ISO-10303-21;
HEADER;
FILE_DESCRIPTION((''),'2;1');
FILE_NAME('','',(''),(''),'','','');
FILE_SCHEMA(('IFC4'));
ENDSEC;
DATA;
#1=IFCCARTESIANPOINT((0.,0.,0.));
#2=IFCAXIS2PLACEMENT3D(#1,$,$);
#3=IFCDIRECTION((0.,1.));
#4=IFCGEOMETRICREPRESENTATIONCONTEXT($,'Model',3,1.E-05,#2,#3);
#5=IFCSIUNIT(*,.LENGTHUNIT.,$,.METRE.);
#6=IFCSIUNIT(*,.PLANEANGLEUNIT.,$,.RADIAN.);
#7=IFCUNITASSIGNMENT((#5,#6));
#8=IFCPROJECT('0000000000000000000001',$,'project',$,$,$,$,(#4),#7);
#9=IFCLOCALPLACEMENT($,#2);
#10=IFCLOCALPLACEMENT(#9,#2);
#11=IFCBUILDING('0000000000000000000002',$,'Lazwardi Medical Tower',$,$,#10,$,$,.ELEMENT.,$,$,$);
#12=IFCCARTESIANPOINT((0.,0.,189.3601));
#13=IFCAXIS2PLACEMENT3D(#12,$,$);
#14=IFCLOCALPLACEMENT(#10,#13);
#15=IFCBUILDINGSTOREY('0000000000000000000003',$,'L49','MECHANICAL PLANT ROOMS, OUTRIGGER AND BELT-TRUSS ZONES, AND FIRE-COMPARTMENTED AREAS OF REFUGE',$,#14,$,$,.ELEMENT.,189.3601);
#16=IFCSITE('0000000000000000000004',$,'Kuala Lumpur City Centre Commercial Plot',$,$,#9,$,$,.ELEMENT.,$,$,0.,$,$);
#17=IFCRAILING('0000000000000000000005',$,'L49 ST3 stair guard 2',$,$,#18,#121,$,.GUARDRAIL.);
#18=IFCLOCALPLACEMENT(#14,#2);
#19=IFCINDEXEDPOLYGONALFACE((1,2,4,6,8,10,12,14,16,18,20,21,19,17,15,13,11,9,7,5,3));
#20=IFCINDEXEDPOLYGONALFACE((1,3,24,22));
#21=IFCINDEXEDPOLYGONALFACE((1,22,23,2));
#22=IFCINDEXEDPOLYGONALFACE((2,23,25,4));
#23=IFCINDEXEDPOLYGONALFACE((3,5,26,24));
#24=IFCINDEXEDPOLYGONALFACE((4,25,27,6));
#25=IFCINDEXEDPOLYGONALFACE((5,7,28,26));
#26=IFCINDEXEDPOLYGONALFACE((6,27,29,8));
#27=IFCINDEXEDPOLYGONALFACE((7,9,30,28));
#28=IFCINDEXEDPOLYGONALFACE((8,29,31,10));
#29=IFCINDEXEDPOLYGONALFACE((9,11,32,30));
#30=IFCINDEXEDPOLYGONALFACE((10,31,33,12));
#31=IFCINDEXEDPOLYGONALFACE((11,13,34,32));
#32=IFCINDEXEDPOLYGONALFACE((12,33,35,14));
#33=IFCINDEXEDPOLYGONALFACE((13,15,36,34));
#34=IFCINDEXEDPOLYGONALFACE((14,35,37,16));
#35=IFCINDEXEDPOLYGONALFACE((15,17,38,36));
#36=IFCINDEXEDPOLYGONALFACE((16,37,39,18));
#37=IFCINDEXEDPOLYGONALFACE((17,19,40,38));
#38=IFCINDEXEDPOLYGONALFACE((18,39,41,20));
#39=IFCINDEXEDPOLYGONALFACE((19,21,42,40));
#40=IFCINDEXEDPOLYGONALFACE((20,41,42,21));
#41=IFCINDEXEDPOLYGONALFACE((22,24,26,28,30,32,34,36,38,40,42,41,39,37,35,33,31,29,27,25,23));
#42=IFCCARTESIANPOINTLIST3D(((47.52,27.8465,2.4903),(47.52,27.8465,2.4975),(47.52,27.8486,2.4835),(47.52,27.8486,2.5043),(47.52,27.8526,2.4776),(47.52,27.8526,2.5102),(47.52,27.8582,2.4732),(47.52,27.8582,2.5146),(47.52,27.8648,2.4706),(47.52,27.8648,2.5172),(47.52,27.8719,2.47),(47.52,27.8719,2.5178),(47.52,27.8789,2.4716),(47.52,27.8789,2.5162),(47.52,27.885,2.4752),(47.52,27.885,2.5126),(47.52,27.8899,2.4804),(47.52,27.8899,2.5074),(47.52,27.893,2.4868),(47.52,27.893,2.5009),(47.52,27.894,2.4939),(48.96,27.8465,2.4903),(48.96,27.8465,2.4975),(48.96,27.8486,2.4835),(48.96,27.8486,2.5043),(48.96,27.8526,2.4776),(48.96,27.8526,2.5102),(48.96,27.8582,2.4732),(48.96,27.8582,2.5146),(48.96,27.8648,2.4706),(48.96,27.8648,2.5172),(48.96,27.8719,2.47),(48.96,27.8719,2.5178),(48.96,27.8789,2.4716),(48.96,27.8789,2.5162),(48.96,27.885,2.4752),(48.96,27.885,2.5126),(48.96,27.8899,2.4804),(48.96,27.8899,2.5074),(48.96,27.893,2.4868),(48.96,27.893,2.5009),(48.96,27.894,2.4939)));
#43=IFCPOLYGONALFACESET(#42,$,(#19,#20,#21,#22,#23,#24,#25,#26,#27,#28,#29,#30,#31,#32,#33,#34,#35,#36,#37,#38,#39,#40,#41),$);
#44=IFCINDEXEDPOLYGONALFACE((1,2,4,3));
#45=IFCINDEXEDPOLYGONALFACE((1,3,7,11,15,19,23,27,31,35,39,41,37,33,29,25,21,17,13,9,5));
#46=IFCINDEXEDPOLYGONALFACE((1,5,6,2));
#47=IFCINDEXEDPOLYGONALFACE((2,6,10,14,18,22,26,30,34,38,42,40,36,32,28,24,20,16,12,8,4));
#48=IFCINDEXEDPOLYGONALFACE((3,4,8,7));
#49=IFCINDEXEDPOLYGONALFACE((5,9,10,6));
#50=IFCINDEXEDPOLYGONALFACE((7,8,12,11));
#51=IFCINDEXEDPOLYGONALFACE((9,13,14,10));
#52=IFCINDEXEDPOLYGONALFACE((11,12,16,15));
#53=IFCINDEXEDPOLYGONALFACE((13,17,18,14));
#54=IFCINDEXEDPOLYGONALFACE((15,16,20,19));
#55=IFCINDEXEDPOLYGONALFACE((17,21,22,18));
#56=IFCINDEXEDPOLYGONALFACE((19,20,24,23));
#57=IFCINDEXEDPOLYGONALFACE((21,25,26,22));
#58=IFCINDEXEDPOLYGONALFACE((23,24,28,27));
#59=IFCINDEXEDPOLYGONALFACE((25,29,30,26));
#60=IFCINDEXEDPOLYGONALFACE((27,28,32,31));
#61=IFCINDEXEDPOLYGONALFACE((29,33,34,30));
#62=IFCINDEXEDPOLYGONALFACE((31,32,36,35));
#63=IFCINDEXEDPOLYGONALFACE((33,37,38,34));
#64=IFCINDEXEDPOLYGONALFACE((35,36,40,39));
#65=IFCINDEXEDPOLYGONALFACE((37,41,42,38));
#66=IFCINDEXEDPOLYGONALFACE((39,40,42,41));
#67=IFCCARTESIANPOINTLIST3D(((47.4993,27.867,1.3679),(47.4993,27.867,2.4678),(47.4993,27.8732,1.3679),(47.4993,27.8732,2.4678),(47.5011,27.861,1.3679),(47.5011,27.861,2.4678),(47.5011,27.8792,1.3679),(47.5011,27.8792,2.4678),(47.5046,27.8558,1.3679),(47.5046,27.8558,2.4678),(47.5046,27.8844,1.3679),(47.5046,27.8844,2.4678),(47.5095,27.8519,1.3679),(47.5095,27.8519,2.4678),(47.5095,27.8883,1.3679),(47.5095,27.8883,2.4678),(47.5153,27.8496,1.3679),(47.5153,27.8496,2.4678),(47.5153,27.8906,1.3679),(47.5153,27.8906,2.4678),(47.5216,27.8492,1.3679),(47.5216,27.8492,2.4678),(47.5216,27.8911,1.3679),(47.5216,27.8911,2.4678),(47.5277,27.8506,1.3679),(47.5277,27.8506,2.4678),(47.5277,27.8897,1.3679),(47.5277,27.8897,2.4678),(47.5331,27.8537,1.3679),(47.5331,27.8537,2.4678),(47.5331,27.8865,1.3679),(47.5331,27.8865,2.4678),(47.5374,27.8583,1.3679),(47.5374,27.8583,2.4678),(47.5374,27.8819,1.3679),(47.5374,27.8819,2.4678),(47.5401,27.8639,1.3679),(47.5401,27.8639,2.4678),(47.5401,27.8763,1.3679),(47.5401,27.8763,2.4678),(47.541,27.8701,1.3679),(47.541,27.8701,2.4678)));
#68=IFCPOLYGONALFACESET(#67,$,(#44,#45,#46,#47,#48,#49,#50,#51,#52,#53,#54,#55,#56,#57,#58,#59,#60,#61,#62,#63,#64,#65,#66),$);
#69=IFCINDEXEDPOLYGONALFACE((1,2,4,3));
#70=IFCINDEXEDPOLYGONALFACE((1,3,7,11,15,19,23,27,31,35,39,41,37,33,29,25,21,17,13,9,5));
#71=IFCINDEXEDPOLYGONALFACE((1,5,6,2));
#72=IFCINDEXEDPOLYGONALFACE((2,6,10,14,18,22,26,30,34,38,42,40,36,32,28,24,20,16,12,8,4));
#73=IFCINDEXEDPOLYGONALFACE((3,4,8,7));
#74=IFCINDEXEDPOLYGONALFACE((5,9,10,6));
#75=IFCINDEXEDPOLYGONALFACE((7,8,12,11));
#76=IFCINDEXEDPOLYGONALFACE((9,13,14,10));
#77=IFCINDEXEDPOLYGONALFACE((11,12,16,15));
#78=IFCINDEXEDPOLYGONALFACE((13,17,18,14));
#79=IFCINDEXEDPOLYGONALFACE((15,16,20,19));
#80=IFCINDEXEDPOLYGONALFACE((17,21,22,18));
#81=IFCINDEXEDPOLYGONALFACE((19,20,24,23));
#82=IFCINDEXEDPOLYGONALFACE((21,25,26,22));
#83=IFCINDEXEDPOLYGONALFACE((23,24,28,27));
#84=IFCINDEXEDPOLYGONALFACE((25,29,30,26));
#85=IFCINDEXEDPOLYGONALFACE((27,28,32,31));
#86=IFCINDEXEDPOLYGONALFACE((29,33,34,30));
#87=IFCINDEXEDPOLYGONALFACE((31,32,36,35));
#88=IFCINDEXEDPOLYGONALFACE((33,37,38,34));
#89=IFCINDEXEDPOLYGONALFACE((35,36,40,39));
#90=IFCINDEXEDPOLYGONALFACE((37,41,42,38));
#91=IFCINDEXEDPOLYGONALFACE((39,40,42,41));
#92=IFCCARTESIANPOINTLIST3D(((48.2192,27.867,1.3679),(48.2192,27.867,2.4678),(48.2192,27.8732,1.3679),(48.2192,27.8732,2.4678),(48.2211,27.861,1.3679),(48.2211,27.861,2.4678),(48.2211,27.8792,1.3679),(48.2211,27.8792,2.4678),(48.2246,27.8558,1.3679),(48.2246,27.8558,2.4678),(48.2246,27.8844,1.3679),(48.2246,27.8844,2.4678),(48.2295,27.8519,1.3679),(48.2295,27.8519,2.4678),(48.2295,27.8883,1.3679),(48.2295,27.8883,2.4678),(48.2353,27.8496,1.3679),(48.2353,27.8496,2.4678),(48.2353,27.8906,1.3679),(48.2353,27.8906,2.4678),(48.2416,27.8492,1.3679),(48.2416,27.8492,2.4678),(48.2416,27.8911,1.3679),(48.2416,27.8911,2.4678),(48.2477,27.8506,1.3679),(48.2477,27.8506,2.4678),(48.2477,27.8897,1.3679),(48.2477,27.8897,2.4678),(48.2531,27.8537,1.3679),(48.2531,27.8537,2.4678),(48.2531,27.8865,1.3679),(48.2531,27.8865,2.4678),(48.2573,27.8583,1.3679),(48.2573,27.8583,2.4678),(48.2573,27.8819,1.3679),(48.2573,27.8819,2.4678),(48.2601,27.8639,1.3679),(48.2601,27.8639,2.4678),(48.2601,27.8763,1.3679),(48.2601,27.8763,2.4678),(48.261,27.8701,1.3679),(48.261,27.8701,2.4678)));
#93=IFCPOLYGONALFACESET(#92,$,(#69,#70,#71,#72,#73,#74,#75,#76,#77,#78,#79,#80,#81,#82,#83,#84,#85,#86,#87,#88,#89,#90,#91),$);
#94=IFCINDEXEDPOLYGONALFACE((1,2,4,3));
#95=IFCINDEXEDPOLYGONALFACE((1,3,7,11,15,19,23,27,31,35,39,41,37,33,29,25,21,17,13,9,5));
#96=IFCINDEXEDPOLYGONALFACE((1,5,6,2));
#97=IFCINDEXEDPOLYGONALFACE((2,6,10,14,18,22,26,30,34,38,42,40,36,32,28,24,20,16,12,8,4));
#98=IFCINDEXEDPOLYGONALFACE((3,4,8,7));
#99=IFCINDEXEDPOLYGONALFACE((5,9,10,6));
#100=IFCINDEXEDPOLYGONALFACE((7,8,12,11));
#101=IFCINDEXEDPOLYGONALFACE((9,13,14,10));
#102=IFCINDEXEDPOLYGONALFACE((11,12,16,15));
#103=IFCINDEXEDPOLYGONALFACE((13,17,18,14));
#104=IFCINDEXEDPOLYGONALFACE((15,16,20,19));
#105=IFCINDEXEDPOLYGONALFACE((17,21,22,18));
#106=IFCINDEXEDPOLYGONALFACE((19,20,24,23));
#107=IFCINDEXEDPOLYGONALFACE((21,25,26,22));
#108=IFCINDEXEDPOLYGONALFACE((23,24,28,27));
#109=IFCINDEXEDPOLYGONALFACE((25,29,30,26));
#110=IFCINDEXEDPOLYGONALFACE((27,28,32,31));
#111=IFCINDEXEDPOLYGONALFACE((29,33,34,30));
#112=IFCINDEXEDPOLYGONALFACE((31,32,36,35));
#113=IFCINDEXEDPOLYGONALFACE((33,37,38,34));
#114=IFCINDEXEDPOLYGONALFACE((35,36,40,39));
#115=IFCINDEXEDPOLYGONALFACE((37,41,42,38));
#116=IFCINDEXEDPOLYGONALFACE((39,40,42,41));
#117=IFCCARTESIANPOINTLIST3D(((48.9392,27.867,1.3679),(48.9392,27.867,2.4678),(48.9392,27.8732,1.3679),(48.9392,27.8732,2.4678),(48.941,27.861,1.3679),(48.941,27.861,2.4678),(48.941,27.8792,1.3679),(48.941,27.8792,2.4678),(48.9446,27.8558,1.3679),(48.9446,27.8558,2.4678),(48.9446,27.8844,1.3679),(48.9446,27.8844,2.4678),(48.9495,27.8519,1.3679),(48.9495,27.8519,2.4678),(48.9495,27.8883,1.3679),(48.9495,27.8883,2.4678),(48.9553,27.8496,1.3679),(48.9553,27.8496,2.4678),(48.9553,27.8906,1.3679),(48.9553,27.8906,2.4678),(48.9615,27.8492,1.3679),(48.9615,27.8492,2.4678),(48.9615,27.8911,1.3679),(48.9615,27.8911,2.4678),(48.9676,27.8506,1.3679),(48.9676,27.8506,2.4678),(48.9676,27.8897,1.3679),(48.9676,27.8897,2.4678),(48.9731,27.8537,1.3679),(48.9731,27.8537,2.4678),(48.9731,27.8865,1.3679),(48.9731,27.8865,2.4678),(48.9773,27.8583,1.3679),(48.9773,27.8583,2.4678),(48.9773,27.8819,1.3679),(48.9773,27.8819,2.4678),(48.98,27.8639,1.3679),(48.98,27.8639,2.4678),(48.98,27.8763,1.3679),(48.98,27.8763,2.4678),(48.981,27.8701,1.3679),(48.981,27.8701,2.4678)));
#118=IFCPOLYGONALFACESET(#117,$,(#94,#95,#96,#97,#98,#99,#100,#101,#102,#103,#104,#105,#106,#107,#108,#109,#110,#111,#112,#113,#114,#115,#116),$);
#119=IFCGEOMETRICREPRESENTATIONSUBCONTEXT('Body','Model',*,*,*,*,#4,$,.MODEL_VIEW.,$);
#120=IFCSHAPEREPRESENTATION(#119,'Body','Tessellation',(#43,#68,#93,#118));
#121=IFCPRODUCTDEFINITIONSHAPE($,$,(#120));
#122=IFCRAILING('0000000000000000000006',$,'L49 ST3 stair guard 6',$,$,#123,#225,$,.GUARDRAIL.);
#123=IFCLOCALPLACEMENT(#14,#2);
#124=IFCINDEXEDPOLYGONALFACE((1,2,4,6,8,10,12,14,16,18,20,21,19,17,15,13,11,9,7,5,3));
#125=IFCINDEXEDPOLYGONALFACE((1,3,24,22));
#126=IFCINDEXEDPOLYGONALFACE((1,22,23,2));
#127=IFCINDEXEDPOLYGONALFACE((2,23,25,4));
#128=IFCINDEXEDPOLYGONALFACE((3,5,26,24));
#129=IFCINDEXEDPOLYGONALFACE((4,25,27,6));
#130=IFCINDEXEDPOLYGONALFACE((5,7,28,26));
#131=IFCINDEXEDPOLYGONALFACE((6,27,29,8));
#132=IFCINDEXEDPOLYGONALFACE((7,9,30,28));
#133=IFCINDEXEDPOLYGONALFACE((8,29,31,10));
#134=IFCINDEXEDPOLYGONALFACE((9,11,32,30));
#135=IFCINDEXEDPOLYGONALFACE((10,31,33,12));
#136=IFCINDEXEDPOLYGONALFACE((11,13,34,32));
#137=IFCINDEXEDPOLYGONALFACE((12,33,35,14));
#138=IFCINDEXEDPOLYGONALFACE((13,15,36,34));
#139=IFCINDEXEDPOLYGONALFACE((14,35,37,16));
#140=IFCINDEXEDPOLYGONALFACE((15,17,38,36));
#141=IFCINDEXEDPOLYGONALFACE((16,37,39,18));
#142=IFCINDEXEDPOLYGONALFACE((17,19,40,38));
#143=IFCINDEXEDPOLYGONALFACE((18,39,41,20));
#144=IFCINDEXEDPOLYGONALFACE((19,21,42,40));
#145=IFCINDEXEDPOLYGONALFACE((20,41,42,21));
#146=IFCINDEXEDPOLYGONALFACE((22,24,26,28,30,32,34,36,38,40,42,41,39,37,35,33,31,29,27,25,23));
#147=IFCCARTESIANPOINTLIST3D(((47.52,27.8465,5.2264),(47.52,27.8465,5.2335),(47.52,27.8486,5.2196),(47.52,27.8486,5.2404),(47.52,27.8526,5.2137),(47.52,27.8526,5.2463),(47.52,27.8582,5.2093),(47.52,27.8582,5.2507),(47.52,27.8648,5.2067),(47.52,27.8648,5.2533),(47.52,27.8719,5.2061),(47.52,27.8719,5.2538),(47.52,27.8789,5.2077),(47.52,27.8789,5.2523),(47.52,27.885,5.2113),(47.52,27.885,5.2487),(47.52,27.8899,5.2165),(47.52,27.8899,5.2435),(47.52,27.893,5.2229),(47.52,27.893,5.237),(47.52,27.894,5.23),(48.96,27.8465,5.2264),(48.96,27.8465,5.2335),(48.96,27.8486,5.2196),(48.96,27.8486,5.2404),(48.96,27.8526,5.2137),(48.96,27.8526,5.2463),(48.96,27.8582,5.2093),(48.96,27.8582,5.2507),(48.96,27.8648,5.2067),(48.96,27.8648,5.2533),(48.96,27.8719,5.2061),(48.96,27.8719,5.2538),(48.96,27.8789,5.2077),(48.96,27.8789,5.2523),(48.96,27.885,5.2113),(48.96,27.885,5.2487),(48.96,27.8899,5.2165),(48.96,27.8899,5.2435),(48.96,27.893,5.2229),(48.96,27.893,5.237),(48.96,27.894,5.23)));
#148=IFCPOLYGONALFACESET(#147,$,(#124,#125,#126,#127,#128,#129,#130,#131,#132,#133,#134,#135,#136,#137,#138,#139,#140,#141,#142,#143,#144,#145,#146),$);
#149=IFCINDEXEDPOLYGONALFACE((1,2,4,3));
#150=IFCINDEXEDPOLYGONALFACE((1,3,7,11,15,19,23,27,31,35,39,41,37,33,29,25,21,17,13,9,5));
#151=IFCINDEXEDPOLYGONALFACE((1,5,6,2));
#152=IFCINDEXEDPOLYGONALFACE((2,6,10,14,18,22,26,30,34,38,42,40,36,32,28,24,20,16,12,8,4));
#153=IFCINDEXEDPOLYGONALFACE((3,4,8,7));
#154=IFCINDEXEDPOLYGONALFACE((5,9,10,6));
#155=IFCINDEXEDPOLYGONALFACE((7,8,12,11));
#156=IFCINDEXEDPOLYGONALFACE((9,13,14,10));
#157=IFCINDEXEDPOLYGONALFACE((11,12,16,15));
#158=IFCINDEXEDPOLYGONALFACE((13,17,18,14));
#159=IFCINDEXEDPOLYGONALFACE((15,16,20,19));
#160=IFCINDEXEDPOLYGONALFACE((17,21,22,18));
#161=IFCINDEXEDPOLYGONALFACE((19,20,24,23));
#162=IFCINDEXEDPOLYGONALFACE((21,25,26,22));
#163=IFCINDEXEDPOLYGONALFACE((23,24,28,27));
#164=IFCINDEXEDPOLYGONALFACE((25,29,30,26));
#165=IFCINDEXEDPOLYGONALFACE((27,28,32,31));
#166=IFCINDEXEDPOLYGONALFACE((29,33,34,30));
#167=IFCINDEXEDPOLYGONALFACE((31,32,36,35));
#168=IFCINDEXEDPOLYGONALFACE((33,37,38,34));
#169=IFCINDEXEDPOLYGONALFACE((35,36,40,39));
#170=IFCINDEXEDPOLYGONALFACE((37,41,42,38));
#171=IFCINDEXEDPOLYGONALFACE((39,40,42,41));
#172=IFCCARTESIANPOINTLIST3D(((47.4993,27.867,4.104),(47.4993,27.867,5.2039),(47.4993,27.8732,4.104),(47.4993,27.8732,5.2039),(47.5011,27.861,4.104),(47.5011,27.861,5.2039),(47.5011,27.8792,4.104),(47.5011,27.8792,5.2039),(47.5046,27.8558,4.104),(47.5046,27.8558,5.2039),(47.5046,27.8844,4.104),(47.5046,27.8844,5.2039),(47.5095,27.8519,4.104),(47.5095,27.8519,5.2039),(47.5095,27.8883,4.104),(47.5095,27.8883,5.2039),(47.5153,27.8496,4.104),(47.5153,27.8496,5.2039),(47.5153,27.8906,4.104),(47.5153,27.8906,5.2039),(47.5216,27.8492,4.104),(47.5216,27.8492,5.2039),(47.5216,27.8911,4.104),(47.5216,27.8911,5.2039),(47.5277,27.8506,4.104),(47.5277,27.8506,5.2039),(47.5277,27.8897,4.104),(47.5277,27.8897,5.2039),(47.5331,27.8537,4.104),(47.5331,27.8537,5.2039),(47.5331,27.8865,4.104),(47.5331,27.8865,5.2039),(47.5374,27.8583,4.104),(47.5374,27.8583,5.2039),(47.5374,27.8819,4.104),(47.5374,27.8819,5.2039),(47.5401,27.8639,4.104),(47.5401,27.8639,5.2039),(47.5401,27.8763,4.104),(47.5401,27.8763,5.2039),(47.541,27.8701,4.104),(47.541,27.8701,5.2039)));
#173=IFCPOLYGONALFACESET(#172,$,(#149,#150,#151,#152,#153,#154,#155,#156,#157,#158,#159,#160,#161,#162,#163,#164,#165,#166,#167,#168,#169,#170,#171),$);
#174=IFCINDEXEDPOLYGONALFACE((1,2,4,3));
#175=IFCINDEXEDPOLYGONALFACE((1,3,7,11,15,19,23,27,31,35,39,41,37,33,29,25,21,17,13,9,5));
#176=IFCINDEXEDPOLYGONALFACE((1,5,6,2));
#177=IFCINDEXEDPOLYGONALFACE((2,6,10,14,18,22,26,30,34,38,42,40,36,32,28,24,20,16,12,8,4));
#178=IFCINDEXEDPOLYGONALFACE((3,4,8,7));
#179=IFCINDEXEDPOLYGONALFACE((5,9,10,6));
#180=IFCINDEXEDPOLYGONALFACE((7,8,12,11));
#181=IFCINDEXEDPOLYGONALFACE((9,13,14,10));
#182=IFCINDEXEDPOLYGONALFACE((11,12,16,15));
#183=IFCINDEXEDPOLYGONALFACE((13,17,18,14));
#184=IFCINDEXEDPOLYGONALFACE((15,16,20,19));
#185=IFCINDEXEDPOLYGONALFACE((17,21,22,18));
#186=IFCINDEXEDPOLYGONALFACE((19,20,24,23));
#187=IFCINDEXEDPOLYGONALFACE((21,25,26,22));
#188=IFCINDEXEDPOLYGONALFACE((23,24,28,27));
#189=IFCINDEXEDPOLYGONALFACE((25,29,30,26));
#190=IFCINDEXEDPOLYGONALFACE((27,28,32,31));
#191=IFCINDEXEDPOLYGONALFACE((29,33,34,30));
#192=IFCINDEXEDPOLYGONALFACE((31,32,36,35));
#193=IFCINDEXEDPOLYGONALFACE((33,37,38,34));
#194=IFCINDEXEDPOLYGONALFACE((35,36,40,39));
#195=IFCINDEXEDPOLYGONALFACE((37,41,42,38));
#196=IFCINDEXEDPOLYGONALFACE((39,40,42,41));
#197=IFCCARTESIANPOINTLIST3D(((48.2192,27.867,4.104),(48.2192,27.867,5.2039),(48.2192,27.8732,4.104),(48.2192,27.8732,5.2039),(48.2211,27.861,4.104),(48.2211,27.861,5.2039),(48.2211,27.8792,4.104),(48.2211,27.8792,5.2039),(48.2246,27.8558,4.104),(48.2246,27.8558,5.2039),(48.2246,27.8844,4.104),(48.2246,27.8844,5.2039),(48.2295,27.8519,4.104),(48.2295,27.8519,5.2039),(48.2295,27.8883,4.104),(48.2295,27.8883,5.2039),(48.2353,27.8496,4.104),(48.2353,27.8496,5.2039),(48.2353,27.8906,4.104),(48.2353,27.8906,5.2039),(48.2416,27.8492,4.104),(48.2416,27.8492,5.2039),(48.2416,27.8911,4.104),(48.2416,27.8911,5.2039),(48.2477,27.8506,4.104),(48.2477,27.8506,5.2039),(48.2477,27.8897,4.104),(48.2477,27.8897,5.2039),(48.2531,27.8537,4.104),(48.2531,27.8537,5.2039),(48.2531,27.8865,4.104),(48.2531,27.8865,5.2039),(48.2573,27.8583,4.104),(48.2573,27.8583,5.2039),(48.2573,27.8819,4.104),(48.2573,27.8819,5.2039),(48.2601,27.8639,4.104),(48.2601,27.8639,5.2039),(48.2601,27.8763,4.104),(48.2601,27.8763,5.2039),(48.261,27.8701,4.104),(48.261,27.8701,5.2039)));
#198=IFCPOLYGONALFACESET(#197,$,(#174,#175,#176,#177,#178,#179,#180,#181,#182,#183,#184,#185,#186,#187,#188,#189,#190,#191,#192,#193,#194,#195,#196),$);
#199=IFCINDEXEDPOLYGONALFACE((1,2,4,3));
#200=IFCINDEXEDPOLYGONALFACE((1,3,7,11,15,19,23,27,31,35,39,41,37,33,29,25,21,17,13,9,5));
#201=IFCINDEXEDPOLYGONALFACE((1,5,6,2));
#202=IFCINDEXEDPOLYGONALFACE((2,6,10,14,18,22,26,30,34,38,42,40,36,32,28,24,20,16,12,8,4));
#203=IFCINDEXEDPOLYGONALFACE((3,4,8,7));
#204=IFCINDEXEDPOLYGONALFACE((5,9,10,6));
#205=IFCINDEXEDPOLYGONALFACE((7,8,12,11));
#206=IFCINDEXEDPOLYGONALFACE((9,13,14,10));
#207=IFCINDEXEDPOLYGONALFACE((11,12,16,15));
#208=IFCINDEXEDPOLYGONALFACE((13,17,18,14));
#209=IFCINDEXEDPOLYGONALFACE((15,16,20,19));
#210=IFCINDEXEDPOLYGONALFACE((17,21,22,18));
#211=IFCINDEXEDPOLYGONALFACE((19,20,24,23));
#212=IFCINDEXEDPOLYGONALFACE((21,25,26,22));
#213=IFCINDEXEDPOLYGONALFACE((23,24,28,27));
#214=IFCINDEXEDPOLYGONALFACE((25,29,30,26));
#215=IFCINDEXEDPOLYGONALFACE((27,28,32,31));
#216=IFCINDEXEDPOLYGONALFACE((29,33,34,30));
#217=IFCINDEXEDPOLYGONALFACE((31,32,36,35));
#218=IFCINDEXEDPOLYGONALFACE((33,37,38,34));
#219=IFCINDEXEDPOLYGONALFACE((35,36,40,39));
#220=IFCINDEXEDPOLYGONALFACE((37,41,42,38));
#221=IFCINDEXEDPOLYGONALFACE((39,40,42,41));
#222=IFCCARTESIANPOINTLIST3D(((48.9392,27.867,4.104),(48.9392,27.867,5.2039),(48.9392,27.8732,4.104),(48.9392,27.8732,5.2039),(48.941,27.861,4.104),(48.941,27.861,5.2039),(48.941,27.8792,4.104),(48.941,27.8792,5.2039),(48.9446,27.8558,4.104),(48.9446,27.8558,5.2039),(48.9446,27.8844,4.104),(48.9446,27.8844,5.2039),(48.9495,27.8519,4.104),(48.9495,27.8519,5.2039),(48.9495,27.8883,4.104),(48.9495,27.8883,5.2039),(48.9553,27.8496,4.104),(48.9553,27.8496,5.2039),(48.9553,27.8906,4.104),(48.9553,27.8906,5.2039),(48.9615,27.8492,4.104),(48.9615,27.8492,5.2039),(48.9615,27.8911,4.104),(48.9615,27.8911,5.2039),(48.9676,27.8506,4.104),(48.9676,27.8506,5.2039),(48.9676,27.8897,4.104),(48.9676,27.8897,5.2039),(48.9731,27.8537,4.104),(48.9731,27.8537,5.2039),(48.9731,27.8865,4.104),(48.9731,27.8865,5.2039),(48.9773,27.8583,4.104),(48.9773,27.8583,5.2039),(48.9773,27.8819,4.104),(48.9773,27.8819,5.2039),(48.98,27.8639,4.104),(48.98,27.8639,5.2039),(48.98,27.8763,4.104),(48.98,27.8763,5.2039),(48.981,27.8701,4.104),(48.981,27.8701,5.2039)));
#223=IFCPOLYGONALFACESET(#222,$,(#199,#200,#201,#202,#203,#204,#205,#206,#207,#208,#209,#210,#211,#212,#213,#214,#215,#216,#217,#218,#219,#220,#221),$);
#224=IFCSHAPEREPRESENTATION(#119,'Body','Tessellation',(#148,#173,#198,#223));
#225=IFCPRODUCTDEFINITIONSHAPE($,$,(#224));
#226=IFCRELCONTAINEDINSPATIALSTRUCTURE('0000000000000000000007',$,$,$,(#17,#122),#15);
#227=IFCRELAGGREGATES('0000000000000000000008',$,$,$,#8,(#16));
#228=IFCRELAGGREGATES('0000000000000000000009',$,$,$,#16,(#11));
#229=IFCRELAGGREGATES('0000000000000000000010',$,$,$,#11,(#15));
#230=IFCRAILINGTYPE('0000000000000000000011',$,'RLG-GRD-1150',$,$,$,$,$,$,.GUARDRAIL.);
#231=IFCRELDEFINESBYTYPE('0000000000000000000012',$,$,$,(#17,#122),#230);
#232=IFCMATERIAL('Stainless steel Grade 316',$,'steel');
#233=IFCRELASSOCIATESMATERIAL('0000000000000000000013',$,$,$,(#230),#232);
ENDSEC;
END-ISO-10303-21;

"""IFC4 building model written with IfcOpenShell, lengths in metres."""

from ifc_helpers import new_model, si_unit, direction, frame, origin, origin_2d, place, context, subcontext, project, spatial, circle, extrude, material, type_object, element, save


model = new_model("IFC4")

# Units and contexts
model_context = context("Model", 3, precision=1e-05, world=origin(), true_north=direction((0.0, 1.0)))
body_context = subcontext(model_context, "Body", "Model", "MODEL_VIEW")
ifc_project = project(units=[si_unit("LENGTHUNIT", "METRE"), si_unit("PLANEANGLEUNIT", "RADIAN")], contexts=[model_context])

# Site, building, storey
site_placement = place(None, origin())
site = spatial("IfcSite", under=ifc_project, at=site_placement, Name="Kuala Lumpur City Centre Commercial Plot", CompositionType="ELEMENT", RefElevation=0.0)
building_placement = place(site_placement, origin())
building = spatial("IfcBuilding", under=site, at=building_placement, Name="Lazwardi Medical Tower", CompositionType="ELEMENT")
storey_placement = place(building_placement, frame((0.0, 0.0, 189.3601)))
storey = spatial("IfcBuildingStorey", under=building, at=storey_placement, Name="L49", Description="MECHANICAL PLANT ROOMS, OUTRIGGER AND BELT-TRUSS ZONES, AND FIRE-COMPARTMENTED AREAS OF REFUGE", CompositionType="ELEMENT", Elevation=189.3601)

# Railings
ifc_material_1 = material(Name="Stainless steel Grade 316", Category="steel")
railing_type_1 = type_object("IfcRailingType", Name="RLG-GRD-1150", PredefinedType="GUARDRAIL", material=ifc_material_1)
for number, where, name in (
    (1, (47.52, 27.8701, 1.3679), "L49 ST3 stair guard 2"),
    (2, (47.52, 27.8701, 4.104), "L49 ST3 stair guard 6"),
):
    element("IfcRailing", number, at=place(storey_placement, frame(where)), inside=storey, type_object=railing_type_1, Name=name, PredefinedType="GUARDRAIL", context=body_context, shape_type="SweptSolid", body=[
        extrude(circle(Radius=0.0239, at=origin_2d()), frame((0.0, 0.0, 1.126), z_axis=(1.0, 0.0, 0.0), x_axis=(0.0, 1.0, 0.0)), (0.0, 0.0, 1.0), 1.4399),
        extrude(circle(Radius=0.021, at=origin_2d()), origin(), (0.0, 0.0, 1.0), 1.0999),
        extrude(circle(Radius=0.021, at=origin_2d()), frame((0.72, 0.0, 0.0)), (0.0, 0.0, 1.0), 1.0999),
        extrude(circle(Radius=0.021, at=origin_2d()), frame((1.4399, 0.0, 0.0)), (0.0, 0.0, 1.0), 1.0999),
    ])

save(model, "model.ifc")
